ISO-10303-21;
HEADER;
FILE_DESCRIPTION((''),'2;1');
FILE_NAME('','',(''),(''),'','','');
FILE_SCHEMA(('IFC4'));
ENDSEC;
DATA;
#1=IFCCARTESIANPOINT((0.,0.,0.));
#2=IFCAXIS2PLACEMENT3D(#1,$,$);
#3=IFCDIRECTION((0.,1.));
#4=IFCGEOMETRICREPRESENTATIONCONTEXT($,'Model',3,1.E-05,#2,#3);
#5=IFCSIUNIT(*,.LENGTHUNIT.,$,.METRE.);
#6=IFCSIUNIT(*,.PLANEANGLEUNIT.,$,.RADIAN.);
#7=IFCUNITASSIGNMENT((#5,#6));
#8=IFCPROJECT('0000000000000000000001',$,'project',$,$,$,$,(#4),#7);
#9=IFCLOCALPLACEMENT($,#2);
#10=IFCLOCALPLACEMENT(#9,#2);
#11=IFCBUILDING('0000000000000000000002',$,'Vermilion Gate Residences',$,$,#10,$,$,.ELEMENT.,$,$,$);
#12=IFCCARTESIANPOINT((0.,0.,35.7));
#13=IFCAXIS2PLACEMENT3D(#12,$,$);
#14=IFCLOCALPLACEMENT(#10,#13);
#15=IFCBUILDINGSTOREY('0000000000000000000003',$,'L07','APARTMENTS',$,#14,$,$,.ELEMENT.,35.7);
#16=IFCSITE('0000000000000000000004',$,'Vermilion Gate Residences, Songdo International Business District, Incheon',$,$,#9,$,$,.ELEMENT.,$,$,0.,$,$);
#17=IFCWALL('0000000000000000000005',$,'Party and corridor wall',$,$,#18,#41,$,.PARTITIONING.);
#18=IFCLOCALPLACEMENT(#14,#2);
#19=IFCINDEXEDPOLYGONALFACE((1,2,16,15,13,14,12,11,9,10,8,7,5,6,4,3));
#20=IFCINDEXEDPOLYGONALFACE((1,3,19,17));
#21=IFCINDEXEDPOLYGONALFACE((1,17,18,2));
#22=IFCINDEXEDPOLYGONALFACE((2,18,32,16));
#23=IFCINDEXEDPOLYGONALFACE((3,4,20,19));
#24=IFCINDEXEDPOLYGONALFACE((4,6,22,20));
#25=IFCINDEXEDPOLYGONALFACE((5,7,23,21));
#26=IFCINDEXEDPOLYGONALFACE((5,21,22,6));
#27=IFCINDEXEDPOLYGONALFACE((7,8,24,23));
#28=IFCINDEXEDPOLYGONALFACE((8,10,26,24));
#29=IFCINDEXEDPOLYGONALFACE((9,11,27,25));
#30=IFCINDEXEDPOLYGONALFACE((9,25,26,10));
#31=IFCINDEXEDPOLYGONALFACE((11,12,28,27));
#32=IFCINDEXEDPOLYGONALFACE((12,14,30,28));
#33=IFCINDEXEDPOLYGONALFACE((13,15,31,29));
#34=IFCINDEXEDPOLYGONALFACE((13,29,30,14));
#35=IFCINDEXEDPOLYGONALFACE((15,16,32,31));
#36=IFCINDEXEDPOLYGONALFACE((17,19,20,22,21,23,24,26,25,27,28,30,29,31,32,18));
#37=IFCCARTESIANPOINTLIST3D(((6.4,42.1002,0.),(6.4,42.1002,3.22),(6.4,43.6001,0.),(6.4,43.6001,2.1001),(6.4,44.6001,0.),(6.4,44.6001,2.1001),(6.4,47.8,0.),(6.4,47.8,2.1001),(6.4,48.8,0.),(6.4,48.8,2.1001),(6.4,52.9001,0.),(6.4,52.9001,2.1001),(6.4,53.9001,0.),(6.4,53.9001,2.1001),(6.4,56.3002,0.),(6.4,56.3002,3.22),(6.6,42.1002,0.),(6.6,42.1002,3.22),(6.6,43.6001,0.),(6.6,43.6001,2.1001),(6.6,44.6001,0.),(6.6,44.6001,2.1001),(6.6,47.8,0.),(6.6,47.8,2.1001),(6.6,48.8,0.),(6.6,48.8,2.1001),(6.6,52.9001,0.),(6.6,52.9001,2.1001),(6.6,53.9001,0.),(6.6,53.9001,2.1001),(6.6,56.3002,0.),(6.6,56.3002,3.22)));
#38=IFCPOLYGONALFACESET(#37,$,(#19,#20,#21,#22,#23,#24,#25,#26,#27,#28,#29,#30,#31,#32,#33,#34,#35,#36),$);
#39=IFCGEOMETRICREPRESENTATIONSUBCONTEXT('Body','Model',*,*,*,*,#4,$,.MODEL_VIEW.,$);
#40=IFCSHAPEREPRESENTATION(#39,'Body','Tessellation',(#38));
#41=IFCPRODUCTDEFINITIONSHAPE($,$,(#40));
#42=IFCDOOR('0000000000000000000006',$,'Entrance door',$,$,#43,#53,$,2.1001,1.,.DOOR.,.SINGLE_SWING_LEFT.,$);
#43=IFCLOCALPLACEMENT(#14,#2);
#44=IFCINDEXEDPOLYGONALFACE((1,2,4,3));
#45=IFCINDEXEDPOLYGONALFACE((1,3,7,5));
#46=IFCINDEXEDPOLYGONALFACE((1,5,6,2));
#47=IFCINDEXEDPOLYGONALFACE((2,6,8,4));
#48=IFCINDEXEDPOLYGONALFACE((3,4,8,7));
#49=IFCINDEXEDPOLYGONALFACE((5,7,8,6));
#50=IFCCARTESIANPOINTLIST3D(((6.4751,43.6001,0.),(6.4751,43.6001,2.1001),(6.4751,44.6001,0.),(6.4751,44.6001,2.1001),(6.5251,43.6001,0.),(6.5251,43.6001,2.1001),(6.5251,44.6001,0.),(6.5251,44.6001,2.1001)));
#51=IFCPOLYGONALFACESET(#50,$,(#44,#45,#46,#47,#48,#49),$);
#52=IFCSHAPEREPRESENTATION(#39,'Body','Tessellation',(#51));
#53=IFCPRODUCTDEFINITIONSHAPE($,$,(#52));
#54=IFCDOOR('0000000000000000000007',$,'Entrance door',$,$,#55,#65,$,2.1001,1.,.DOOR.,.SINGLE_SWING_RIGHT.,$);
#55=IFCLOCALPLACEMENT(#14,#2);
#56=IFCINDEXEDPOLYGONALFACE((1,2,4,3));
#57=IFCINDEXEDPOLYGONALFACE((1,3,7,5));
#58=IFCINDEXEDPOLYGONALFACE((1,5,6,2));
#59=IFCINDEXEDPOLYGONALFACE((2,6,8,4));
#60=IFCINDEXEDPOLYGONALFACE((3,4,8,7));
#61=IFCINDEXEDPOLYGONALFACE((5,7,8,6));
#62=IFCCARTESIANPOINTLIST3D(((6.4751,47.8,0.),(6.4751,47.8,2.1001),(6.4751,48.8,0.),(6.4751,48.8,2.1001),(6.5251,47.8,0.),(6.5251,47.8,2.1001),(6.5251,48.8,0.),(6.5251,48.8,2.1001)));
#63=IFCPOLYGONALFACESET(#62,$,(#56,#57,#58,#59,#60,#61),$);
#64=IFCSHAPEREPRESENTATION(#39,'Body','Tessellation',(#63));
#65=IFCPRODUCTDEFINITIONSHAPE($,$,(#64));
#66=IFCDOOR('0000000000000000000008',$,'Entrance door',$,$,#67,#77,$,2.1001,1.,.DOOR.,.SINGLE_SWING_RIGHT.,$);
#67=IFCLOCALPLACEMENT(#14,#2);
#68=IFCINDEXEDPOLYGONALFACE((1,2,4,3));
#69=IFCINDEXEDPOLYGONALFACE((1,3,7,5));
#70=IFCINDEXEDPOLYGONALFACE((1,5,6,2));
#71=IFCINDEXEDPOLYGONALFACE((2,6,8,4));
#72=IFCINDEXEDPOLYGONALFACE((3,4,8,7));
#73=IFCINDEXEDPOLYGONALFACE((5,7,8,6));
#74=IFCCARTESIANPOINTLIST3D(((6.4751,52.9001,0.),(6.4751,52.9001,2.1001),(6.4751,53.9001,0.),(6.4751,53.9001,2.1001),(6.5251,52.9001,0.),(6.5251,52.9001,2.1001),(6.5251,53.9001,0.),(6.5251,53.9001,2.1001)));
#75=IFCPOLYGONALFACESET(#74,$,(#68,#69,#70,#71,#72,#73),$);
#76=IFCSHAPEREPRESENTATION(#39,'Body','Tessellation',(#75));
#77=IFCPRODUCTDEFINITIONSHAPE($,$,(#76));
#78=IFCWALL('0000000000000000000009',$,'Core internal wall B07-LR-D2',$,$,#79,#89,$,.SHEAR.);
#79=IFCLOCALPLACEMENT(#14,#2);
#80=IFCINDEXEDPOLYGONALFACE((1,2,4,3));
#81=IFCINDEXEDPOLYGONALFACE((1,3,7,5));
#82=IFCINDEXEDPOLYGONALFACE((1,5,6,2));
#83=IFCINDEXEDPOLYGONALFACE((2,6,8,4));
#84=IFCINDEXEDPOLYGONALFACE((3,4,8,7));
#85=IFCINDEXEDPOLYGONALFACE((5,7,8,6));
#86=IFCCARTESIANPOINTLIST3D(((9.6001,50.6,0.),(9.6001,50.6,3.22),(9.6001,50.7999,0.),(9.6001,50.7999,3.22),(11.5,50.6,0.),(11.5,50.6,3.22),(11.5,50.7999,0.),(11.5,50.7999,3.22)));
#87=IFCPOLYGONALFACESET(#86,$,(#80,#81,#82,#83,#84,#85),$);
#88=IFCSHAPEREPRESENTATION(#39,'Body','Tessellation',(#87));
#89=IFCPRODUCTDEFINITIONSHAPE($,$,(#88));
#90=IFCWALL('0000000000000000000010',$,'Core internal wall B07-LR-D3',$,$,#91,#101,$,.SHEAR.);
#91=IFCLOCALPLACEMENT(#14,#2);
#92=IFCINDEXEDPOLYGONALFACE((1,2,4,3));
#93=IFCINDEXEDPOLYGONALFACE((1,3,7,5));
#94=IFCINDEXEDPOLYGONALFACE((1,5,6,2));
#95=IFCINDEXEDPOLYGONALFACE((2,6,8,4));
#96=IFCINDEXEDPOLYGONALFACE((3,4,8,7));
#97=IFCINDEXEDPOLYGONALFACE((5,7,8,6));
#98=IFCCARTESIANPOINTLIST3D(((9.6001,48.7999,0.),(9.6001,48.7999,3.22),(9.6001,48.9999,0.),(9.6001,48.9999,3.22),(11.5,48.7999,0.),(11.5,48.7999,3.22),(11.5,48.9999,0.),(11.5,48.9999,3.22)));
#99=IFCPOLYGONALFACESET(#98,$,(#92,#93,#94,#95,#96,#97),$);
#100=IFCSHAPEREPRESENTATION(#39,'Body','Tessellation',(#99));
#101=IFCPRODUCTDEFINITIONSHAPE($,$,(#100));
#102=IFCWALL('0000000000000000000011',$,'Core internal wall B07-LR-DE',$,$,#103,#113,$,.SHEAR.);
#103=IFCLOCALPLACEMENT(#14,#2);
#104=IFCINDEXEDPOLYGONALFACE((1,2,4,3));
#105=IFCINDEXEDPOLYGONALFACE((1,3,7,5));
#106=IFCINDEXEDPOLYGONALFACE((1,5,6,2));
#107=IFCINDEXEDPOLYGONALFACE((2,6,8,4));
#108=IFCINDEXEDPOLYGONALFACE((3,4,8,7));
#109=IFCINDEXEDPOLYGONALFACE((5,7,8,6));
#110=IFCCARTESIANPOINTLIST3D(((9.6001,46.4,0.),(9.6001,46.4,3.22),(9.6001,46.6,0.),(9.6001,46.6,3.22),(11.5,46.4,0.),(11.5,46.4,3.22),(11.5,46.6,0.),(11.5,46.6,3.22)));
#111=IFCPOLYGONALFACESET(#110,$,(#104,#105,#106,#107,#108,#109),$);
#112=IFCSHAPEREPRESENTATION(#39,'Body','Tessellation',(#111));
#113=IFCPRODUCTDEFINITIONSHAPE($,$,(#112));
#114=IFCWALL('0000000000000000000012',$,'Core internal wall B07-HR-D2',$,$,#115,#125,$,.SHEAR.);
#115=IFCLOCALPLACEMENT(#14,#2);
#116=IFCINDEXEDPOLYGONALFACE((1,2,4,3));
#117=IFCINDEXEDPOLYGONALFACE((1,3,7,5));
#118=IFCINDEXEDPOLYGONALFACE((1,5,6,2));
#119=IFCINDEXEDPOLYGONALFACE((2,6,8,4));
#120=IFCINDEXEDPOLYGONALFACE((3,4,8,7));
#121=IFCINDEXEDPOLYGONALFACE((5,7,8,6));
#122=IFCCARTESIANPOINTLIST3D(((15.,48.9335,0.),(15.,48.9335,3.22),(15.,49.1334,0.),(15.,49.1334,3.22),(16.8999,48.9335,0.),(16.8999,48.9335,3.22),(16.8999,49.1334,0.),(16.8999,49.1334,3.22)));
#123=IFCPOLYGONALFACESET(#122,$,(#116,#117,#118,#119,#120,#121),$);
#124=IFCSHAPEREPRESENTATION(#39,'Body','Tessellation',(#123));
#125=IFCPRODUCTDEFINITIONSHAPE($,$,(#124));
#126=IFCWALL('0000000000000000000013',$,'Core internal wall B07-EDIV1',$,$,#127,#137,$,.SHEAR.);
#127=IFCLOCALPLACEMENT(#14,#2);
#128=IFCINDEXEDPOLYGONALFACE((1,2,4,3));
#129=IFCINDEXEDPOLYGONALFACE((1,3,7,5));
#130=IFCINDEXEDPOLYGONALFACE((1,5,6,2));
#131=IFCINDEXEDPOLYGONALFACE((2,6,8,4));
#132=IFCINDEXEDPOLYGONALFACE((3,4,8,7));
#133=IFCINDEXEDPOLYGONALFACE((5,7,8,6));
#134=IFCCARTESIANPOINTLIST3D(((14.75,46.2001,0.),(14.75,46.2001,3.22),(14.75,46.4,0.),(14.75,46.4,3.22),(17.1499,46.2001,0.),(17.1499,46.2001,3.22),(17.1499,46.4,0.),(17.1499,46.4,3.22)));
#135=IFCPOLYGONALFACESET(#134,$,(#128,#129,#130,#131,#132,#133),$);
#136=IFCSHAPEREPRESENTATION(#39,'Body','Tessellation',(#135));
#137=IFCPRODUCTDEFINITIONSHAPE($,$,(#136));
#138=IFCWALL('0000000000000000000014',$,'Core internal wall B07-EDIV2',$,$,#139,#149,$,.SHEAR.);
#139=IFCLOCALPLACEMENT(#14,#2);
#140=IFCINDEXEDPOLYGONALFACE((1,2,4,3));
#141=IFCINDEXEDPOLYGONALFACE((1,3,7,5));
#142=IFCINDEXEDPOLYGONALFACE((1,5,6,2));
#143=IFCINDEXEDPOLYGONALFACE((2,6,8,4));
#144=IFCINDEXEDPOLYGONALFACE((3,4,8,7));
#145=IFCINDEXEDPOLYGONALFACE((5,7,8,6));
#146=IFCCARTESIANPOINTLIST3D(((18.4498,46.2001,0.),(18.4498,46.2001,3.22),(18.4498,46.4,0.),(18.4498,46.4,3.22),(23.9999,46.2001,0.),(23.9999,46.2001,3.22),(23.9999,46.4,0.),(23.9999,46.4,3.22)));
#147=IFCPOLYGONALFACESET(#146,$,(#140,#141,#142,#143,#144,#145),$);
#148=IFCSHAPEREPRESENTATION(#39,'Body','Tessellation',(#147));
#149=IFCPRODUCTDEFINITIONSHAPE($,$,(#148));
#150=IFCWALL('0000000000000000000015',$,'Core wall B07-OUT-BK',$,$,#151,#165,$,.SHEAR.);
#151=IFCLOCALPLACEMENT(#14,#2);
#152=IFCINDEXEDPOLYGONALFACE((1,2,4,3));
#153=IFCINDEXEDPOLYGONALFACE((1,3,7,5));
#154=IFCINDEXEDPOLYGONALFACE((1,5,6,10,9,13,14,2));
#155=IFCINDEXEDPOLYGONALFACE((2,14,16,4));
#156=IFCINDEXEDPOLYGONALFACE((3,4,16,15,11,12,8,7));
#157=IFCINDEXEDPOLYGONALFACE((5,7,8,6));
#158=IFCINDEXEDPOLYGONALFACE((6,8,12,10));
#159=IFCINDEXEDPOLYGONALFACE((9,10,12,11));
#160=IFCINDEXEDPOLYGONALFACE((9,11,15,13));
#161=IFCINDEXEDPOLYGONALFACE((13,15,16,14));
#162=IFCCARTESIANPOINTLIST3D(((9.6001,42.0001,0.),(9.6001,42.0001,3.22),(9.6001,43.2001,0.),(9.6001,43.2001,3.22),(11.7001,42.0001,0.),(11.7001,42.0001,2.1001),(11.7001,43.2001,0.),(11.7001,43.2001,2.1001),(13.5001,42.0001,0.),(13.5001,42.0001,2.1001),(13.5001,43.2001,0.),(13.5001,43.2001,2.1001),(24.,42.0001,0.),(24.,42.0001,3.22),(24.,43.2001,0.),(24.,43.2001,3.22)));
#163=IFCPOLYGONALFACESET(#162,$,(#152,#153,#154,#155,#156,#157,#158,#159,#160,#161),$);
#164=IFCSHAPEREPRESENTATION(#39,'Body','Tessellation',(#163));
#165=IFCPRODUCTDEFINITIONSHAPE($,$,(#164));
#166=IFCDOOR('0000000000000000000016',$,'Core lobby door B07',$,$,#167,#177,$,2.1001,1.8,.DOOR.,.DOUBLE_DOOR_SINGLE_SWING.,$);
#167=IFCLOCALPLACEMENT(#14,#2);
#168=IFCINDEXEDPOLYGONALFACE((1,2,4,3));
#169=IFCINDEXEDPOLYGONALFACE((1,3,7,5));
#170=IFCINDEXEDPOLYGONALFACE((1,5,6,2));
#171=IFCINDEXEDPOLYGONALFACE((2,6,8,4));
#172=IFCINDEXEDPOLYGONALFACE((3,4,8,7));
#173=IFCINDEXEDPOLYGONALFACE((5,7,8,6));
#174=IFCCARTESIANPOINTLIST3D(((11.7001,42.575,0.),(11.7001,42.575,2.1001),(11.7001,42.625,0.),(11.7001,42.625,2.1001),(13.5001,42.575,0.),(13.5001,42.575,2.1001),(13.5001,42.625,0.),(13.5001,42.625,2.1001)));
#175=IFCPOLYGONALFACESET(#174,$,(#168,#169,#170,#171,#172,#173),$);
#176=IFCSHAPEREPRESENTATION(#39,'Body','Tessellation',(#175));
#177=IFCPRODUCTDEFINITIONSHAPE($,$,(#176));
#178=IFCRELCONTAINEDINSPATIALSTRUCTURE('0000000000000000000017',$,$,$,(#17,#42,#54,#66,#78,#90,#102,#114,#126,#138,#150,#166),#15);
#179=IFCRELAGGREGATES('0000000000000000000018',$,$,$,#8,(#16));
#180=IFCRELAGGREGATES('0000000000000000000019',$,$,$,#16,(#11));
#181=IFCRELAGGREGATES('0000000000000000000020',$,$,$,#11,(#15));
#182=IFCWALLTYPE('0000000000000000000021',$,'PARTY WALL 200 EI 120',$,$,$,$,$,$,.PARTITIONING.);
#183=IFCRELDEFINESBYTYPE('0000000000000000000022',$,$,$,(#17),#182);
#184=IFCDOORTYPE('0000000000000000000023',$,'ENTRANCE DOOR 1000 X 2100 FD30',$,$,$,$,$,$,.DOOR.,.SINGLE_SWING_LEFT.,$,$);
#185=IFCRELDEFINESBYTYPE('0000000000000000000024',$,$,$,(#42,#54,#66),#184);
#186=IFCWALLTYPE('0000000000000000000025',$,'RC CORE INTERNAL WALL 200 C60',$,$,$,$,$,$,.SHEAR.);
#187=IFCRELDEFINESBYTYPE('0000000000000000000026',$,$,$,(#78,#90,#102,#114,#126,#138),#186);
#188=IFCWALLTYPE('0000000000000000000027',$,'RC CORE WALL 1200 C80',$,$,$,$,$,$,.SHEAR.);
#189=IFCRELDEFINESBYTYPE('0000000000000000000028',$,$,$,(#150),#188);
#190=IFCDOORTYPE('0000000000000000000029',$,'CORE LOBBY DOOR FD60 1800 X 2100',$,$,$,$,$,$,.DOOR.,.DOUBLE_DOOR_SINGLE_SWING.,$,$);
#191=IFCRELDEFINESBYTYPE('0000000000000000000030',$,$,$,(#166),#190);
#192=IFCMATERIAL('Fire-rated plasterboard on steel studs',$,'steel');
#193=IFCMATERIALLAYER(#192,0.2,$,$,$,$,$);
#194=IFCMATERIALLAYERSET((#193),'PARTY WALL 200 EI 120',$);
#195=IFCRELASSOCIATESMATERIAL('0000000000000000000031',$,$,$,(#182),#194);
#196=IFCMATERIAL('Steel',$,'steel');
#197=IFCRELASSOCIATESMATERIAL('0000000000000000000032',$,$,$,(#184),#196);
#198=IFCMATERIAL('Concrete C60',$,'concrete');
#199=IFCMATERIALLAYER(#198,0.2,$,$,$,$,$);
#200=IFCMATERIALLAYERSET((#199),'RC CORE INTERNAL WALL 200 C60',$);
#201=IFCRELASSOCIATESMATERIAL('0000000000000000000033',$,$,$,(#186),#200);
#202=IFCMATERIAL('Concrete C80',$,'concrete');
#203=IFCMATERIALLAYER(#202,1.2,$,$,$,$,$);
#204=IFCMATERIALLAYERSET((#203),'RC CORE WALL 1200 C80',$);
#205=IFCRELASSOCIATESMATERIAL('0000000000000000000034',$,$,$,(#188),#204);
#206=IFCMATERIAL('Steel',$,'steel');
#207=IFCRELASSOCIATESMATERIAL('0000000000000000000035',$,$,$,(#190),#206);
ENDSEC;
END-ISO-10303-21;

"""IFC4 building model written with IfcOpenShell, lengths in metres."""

from ifc_helpers import new_model, si_unit, direction, frame, frame_2d, origin, place, context, subcontext, project, spatial, rectangle, extrude, material, layer, layer_set, type_object, element, fill, save


model = new_model("IFC4")

# Units and contexts
model_context = context("Model", 3, precision=1e-05, world=origin(), true_north=direction((0.0, 1.0)))
body_context = subcontext(model_context, "Body", "Model", "MODEL_VIEW")
ifc_project = project(units=[si_unit("LENGTHUNIT", "METRE"), si_unit("PLANEANGLEUNIT", "RADIAN")], contexts=[model_context])

# Site, building, storey
site_placement = place(None, origin())
site = spatial("IfcSite", under=ifc_project, at=site_placement, Name="Vermilion Gate Residences, Songdo International Business District, Incheon", CompositionType="ELEMENT", RefElevation=0.0)
building_placement = place(site_placement, origin())
building = spatial("IfcBuilding", under=site, at=building_placement, Name="Vermilion Gate Residences", CompositionType="ELEMENT")
storey_placement = place(building_placement, frame((0.0, 0.0, 35.7)))
storey = spatial("IfcBuildingStorey", under=building, at=storey_placement, Name="L07", Description="APARTMENTS", CompositionType="ELEMENT", Elevation=35.7)

# Shared definitions
ifc_material_1 = material(Name="Fire-rated plasterboard on steel studs", Category="steel")
ifc_layer_1 = layer(ifc_material_1, 0.2)
ifc_layer_set_1 = layer_set([ifc_layer_1], Name="PARTY WALL 200 EI 120")
wall_type_1 = type_object("IfcWallType", Name="PARTY WALL 200 EI 120", PredefinedType="PARTITIONING", material=ifc_layer_set_1)

# Wall, openings, doors
wall_1_placement = place(storey_placement, frame((6.5, 42.1001, 0.0), z_axis=(0.0, 0.0, 1.0), x_axis=(0.0, 1.0, 0.0)))
wall_1 = element("IfcWall", 1, at=wall_1_placement, inside=storey, type_object=wall_type_1, Name="Party and corridor wall", PredefinedType="PARTITIONING", context=body_context, shape_type="SweptSolid", body=[
    extrude(rectangle(XDim=14.2, YDim=0.2, at=frame_2d((7.1001, 0.0))), origin(), (0.0, 0.0, 1.0), 3.22),
])
opening_1_placement = place(wall_1_placement, frame((1.5, 0.0, 0.0)))
opening_1 = element("IfcOpeningElement", 2, at=opening_1_placement, cuts=wall_1, PredefinedType="OPENING", context=body_context, shape_type="SweptSolid", body=[
    extrude(rectangle(XDim=1.0, YDim=2.1001, at=frame_2d((0.5, 1.05))), frame((0.0, 0.1099, 0.0), z_axis=(0.0, -1.0, 0.0), x_axis=(1.0, 0.0, 0.0)), (0.0, 0.0, 1.0), 0.22),
])
opening_2_placement = place(wall_1_placement, frame((5.7, 0.0, 0.0)))
opening_2 = element("IfcOpeningElement", 3, at=opening_2_placement, cuts=wall_1, PredefinedType="OPENING", context=body_context, shape_type="SweptSolid", body=[
    extrude(rectangle(XDim=1.0, YDim=2.1001, at=frame_2d((0.5, 1.05))), frame((0.0, 0.1099, 0.0), z_axis=(0.0, -1.0, 0.0), x_axis=(1.0, 0.0, 0.0)), (0.0, 0.0, 1.0), 0.22),
])
opening_3_placement = place(wall_1_placement, frame((10.8, 0.0, 0.0)))
opening_3 = element("IfcOpeningElement", 4, at=opening_3_placement, cuts=wall_1, PredefinedType="OPENING", context=body_context, shape_type="SweptSolid", body=[
    extrude(rectangle(XDim=1.0, YDim=2.1001, at=frame_2d((0.5, 1.05))), frame((0.0, 0.1099, 0.0), z_axis=(0.0, -1.0, 0.0), x_axis=(1.0, 0.0, 0.0)), (0.0, 0.0, 1.0), 0.22),
])
ifc_material_2 = material(Name="Steel", Category="steel")
door_type_1 = type_object("IfcDoorType", Name="ENTRANCE DOOR 1000 X 2100 FD30", OperationType="SINGLE_SWING_LEFT", PredefinedType="DOOR", material=ifc_material_2)
door_1_placement = place(opening_1_placement, origin())
door_1 = element("IfcDoor", 5, at=door_1_placement, inside=storey, type_object=door_type_1, Name="Entrance door", OperationType="SINGLE_SWING_LEFT", OverallHeight=2.1001, OverallWidth=1.0, PredefinedType="DOOR", context=body_context, shape_type="SweptSolid", body=[
    extrude(rectangle(XDim=1.0, YDim=2.1001, at=frame_2d((0.5, 1.05))), frame((0.0, 0.0249, 0.0), z_axis=(0.0, -1.0, 0.0), x_axis=(1.0, 0.0, 0.0)), (0.0, 0.0, 1.0), 0.05),
])
fill(opening_1, door_1)
door_2_placement = place(opening_2_placement, origin())
door_2 = element("IfcDoor", 6, at=door_2_placement, inside=storey, type_object=door_type_1, Name="Entrance door", OperationType="SINGLE_SWING_RIGHT", OverallHeight=2.1001, OverallWidth=1.0, PredefinedType="DOOR", context=body_context, shape_type="SweptSolid", body=[
    extrude(rectangle(XDim=1.0, YDim=2.1001, at=frame_2d((0.5, 1.05))), frame((0.0, 0.0249, 0.0), z_axis=(0.0, -1.0, 0.0), x_axis=(1.0, 0.0, 0.0)), (0.0, 0.0, 1.0), 0.05),
])
fill(opening_2, door_2)
door_3_placement = place(opening_3_placement, origin())
door_3 = element("IfcDoor", 7, at=door_3_placement, inside=storey, type_object=door_type_1, Name="Entrance door", OperationType="SINGLE_SWING_RIGHT", OverallHeight=2.1001, OverallWidth=1.0, PredefinedType="DOOR", context=body_context, shape_type="SweptSolid", body=[
    extrude(rectangle(XDim=1.0, YDim=2.1001, at=frame_2d((0.5, 1.05))), frame((0.0, 0.0249, 0.0), z_axis=(0.0, -1.0, 0.0), x_axis=(1.0, 0.0, 0.0)), (0.0, 0.0, 1.0), 0.05),
])
fill(opening_3, door_3)

# Walls
ifc_material_3 = material(Name="Concrete C60", Category="concrete")
ifc_layer_2 = layer(ifc_material_3, 0.2)
ifc_layer_set_2 = layer_set([ifc_layer_2], Name="RC CORE INTERNAL WALL 200 C60")
wall_type_2 = type_object("IfcWallType", Name="RC CORE INTERNAL WALL 200 C60", PredefinedType="SHEAR", material=ifc_layer_set_2)
for number, where, z_axis, x_axis, name in (
    (8, (9.6001, 50.7, 0.0), (0.0, 0.0, 1.0), (1.0, 0.0, 0.0), "Core internal wall B07-LR-D2"),
    (9, (9.6001, 48.8999, 0.0), (0.0, 0.0, 1.0), (1.0, 0.0, 0.0), "Core internal wall B07-LR-D3"),
    (10, (9.6001, 46.5, 0.0), (0.0, 0.0, 1.0), (1.0, 0.0, 0.0), "Core internal wall B07-LR-DE"),
    (11, (15.0, 49.0334, 0.0), (0.0, 0.0, 1.0), (1.0, 0.0, 0.0), "Core internal wall B07-HR-D2"),
):
    element("IfcWall", number, at=place(storey_placement, frame(where, z_axis=z_axis, x_axis=x_axis)), inside=storey, type_object=wall_type_2, Name=name, PredefinedType="SHEAR", context=body_context, shape_type="SweptSolid", body=[
        extrude(rectangle(XDim=1.8999, YDim=0.2, at=frame_2d((0.95, 0.0))), origin(), (0.0, 0.0, 1.0), 3.22),
    ])
wall_2_placement = place(storey_placement, frame((14.75, 46.3, 0.0), z_axis=(0.0, 0.0, 1.0), x_axis=(1.0, 0.0, 0.0)))
element("IfcWall", 12, at=wall_2_placement, inside=storey, type_object=wall_type_2, Name="Core internal wall B07-EDIV1", PredefinedType="SHEAR", context=body_context, shape_type="SweptSolid", body=[
    extrude(rectangle(XDim=2.3999, YDim=0.2, at=frame_2d((1.2, 0.0))), origin(), (0.0, 0.0, 1.0), 3.22),
])
wall_3_placement = place(storey_placement, frame((18.45, 46.3, 0.0), z_axis=(0.0, 0.0, 1.0), x_axis=(1.0, 0.0, 0.0)))
element("IfcWall", 13, at=wall_3_placement, inside=storey, type_object=wall_type_2, Name="Core internal wall B07-EDIV2", PredefinedType="SHEAR", context=body_context, shape_type="SweptSolid", body=[
    extrude(rectangle(XDim=5.55, YDim=0.2, at=frame_2d((2.7749, 0.0))), origin(), (0.0, 0.0, 1.0), 3.22),
])

# Wall, opening, door
ifc_material_4 = material(Name="Concrete C80", Category="concrete")
ifc_layer_3 = layer(ifc_material_4, 1.2)
ifc_layer_set_3 = layer_set([ifc_layer_3], Name="RC CORE WALL 1200 C80")
wall_type_3 = type_object("IfcWallType", Name="RC CORE WALL 1200 C80", PredefinedType="SHEAR", material=ifc_layer_set_3)
wall_4_placement = place(storey_placement, frame((9.6001, 42.6001, 0.0), z_axis=(0.0, 0.0, 1.0), x_axis=(1.0, 0.0, 0.0)))
wall_4 = element("IfcWall", 14, at=wall_4_placement, inside=storey, type_object=wall_type_3, Name="Core wall B07-OUT-BK", PredefinedType="SHEAR", context=body_context, shape_type="SweptSolid", body=[
    extrude(rectangle(XDim=14.3999, YDim=1.2, at=frame_2d((7.2, 0.0))), origin(), (0.0, 0.0, 1.0), 3.22),
])
opening_4_placement = place(wall_4_placement, frame((2.1001, 0.0, 0.0)))
opening_4 = element("IfcOpeningElement", 15, at=opening_4_placement, cuts=wall_4, PredefinedType="OPENING", context=body_context, shape_type="SweptSolid", body=[
    extrude(rectangle(XDim=1.8, YDim=2.1001, at=frame_2d((0.8999, 1.05))), frame((0.0, 0.6099, 0.0), z_axis=(0.0, -1.0, 0.0), x_axis=(1.0, 0.0, 0.0)), (0.0, 0.0, 1.0), 1.22),
])
ifc_material_5 = material(Name="Steel", Category="steel")
door_type_2 = type_object("IfcDoorType", Name="CORE LOBBY DOOR FD60 1800 X 2100", OperationType="DOUBLE_DOOR_SINGLE_SWING", PredefinedType="DOOR", material=ifc_material_5)
door_4_placement = place(opening_4_placement, origin())
door_4 = element("IfcDoor", 16, at=door_4_placement, inside=storey, type_object=door_type_2, Name="Core lobby door B07", OperationType="DOUBLE_DOOR_SINGLE_SWING", OverallHeight=2.1001, OverallWidth=1.8, PredefinedType="DOOR", context=body_context, shape_type="SweptSolid", body=[
    extrude(rectangle(XDim=1.8, YDim=2.1001, at=frame_2d((0.8999, 1.05))), frame((0.0, 0.0249, 0.0), z_axis=(0.0, -1.0, 0.0), x_axis=(1.0, 0.0, 0.0)), (0.0, 0.0, 1.0), 0.05),
])
fill(opening_4, door_4)

save(model, "model.ifc")
